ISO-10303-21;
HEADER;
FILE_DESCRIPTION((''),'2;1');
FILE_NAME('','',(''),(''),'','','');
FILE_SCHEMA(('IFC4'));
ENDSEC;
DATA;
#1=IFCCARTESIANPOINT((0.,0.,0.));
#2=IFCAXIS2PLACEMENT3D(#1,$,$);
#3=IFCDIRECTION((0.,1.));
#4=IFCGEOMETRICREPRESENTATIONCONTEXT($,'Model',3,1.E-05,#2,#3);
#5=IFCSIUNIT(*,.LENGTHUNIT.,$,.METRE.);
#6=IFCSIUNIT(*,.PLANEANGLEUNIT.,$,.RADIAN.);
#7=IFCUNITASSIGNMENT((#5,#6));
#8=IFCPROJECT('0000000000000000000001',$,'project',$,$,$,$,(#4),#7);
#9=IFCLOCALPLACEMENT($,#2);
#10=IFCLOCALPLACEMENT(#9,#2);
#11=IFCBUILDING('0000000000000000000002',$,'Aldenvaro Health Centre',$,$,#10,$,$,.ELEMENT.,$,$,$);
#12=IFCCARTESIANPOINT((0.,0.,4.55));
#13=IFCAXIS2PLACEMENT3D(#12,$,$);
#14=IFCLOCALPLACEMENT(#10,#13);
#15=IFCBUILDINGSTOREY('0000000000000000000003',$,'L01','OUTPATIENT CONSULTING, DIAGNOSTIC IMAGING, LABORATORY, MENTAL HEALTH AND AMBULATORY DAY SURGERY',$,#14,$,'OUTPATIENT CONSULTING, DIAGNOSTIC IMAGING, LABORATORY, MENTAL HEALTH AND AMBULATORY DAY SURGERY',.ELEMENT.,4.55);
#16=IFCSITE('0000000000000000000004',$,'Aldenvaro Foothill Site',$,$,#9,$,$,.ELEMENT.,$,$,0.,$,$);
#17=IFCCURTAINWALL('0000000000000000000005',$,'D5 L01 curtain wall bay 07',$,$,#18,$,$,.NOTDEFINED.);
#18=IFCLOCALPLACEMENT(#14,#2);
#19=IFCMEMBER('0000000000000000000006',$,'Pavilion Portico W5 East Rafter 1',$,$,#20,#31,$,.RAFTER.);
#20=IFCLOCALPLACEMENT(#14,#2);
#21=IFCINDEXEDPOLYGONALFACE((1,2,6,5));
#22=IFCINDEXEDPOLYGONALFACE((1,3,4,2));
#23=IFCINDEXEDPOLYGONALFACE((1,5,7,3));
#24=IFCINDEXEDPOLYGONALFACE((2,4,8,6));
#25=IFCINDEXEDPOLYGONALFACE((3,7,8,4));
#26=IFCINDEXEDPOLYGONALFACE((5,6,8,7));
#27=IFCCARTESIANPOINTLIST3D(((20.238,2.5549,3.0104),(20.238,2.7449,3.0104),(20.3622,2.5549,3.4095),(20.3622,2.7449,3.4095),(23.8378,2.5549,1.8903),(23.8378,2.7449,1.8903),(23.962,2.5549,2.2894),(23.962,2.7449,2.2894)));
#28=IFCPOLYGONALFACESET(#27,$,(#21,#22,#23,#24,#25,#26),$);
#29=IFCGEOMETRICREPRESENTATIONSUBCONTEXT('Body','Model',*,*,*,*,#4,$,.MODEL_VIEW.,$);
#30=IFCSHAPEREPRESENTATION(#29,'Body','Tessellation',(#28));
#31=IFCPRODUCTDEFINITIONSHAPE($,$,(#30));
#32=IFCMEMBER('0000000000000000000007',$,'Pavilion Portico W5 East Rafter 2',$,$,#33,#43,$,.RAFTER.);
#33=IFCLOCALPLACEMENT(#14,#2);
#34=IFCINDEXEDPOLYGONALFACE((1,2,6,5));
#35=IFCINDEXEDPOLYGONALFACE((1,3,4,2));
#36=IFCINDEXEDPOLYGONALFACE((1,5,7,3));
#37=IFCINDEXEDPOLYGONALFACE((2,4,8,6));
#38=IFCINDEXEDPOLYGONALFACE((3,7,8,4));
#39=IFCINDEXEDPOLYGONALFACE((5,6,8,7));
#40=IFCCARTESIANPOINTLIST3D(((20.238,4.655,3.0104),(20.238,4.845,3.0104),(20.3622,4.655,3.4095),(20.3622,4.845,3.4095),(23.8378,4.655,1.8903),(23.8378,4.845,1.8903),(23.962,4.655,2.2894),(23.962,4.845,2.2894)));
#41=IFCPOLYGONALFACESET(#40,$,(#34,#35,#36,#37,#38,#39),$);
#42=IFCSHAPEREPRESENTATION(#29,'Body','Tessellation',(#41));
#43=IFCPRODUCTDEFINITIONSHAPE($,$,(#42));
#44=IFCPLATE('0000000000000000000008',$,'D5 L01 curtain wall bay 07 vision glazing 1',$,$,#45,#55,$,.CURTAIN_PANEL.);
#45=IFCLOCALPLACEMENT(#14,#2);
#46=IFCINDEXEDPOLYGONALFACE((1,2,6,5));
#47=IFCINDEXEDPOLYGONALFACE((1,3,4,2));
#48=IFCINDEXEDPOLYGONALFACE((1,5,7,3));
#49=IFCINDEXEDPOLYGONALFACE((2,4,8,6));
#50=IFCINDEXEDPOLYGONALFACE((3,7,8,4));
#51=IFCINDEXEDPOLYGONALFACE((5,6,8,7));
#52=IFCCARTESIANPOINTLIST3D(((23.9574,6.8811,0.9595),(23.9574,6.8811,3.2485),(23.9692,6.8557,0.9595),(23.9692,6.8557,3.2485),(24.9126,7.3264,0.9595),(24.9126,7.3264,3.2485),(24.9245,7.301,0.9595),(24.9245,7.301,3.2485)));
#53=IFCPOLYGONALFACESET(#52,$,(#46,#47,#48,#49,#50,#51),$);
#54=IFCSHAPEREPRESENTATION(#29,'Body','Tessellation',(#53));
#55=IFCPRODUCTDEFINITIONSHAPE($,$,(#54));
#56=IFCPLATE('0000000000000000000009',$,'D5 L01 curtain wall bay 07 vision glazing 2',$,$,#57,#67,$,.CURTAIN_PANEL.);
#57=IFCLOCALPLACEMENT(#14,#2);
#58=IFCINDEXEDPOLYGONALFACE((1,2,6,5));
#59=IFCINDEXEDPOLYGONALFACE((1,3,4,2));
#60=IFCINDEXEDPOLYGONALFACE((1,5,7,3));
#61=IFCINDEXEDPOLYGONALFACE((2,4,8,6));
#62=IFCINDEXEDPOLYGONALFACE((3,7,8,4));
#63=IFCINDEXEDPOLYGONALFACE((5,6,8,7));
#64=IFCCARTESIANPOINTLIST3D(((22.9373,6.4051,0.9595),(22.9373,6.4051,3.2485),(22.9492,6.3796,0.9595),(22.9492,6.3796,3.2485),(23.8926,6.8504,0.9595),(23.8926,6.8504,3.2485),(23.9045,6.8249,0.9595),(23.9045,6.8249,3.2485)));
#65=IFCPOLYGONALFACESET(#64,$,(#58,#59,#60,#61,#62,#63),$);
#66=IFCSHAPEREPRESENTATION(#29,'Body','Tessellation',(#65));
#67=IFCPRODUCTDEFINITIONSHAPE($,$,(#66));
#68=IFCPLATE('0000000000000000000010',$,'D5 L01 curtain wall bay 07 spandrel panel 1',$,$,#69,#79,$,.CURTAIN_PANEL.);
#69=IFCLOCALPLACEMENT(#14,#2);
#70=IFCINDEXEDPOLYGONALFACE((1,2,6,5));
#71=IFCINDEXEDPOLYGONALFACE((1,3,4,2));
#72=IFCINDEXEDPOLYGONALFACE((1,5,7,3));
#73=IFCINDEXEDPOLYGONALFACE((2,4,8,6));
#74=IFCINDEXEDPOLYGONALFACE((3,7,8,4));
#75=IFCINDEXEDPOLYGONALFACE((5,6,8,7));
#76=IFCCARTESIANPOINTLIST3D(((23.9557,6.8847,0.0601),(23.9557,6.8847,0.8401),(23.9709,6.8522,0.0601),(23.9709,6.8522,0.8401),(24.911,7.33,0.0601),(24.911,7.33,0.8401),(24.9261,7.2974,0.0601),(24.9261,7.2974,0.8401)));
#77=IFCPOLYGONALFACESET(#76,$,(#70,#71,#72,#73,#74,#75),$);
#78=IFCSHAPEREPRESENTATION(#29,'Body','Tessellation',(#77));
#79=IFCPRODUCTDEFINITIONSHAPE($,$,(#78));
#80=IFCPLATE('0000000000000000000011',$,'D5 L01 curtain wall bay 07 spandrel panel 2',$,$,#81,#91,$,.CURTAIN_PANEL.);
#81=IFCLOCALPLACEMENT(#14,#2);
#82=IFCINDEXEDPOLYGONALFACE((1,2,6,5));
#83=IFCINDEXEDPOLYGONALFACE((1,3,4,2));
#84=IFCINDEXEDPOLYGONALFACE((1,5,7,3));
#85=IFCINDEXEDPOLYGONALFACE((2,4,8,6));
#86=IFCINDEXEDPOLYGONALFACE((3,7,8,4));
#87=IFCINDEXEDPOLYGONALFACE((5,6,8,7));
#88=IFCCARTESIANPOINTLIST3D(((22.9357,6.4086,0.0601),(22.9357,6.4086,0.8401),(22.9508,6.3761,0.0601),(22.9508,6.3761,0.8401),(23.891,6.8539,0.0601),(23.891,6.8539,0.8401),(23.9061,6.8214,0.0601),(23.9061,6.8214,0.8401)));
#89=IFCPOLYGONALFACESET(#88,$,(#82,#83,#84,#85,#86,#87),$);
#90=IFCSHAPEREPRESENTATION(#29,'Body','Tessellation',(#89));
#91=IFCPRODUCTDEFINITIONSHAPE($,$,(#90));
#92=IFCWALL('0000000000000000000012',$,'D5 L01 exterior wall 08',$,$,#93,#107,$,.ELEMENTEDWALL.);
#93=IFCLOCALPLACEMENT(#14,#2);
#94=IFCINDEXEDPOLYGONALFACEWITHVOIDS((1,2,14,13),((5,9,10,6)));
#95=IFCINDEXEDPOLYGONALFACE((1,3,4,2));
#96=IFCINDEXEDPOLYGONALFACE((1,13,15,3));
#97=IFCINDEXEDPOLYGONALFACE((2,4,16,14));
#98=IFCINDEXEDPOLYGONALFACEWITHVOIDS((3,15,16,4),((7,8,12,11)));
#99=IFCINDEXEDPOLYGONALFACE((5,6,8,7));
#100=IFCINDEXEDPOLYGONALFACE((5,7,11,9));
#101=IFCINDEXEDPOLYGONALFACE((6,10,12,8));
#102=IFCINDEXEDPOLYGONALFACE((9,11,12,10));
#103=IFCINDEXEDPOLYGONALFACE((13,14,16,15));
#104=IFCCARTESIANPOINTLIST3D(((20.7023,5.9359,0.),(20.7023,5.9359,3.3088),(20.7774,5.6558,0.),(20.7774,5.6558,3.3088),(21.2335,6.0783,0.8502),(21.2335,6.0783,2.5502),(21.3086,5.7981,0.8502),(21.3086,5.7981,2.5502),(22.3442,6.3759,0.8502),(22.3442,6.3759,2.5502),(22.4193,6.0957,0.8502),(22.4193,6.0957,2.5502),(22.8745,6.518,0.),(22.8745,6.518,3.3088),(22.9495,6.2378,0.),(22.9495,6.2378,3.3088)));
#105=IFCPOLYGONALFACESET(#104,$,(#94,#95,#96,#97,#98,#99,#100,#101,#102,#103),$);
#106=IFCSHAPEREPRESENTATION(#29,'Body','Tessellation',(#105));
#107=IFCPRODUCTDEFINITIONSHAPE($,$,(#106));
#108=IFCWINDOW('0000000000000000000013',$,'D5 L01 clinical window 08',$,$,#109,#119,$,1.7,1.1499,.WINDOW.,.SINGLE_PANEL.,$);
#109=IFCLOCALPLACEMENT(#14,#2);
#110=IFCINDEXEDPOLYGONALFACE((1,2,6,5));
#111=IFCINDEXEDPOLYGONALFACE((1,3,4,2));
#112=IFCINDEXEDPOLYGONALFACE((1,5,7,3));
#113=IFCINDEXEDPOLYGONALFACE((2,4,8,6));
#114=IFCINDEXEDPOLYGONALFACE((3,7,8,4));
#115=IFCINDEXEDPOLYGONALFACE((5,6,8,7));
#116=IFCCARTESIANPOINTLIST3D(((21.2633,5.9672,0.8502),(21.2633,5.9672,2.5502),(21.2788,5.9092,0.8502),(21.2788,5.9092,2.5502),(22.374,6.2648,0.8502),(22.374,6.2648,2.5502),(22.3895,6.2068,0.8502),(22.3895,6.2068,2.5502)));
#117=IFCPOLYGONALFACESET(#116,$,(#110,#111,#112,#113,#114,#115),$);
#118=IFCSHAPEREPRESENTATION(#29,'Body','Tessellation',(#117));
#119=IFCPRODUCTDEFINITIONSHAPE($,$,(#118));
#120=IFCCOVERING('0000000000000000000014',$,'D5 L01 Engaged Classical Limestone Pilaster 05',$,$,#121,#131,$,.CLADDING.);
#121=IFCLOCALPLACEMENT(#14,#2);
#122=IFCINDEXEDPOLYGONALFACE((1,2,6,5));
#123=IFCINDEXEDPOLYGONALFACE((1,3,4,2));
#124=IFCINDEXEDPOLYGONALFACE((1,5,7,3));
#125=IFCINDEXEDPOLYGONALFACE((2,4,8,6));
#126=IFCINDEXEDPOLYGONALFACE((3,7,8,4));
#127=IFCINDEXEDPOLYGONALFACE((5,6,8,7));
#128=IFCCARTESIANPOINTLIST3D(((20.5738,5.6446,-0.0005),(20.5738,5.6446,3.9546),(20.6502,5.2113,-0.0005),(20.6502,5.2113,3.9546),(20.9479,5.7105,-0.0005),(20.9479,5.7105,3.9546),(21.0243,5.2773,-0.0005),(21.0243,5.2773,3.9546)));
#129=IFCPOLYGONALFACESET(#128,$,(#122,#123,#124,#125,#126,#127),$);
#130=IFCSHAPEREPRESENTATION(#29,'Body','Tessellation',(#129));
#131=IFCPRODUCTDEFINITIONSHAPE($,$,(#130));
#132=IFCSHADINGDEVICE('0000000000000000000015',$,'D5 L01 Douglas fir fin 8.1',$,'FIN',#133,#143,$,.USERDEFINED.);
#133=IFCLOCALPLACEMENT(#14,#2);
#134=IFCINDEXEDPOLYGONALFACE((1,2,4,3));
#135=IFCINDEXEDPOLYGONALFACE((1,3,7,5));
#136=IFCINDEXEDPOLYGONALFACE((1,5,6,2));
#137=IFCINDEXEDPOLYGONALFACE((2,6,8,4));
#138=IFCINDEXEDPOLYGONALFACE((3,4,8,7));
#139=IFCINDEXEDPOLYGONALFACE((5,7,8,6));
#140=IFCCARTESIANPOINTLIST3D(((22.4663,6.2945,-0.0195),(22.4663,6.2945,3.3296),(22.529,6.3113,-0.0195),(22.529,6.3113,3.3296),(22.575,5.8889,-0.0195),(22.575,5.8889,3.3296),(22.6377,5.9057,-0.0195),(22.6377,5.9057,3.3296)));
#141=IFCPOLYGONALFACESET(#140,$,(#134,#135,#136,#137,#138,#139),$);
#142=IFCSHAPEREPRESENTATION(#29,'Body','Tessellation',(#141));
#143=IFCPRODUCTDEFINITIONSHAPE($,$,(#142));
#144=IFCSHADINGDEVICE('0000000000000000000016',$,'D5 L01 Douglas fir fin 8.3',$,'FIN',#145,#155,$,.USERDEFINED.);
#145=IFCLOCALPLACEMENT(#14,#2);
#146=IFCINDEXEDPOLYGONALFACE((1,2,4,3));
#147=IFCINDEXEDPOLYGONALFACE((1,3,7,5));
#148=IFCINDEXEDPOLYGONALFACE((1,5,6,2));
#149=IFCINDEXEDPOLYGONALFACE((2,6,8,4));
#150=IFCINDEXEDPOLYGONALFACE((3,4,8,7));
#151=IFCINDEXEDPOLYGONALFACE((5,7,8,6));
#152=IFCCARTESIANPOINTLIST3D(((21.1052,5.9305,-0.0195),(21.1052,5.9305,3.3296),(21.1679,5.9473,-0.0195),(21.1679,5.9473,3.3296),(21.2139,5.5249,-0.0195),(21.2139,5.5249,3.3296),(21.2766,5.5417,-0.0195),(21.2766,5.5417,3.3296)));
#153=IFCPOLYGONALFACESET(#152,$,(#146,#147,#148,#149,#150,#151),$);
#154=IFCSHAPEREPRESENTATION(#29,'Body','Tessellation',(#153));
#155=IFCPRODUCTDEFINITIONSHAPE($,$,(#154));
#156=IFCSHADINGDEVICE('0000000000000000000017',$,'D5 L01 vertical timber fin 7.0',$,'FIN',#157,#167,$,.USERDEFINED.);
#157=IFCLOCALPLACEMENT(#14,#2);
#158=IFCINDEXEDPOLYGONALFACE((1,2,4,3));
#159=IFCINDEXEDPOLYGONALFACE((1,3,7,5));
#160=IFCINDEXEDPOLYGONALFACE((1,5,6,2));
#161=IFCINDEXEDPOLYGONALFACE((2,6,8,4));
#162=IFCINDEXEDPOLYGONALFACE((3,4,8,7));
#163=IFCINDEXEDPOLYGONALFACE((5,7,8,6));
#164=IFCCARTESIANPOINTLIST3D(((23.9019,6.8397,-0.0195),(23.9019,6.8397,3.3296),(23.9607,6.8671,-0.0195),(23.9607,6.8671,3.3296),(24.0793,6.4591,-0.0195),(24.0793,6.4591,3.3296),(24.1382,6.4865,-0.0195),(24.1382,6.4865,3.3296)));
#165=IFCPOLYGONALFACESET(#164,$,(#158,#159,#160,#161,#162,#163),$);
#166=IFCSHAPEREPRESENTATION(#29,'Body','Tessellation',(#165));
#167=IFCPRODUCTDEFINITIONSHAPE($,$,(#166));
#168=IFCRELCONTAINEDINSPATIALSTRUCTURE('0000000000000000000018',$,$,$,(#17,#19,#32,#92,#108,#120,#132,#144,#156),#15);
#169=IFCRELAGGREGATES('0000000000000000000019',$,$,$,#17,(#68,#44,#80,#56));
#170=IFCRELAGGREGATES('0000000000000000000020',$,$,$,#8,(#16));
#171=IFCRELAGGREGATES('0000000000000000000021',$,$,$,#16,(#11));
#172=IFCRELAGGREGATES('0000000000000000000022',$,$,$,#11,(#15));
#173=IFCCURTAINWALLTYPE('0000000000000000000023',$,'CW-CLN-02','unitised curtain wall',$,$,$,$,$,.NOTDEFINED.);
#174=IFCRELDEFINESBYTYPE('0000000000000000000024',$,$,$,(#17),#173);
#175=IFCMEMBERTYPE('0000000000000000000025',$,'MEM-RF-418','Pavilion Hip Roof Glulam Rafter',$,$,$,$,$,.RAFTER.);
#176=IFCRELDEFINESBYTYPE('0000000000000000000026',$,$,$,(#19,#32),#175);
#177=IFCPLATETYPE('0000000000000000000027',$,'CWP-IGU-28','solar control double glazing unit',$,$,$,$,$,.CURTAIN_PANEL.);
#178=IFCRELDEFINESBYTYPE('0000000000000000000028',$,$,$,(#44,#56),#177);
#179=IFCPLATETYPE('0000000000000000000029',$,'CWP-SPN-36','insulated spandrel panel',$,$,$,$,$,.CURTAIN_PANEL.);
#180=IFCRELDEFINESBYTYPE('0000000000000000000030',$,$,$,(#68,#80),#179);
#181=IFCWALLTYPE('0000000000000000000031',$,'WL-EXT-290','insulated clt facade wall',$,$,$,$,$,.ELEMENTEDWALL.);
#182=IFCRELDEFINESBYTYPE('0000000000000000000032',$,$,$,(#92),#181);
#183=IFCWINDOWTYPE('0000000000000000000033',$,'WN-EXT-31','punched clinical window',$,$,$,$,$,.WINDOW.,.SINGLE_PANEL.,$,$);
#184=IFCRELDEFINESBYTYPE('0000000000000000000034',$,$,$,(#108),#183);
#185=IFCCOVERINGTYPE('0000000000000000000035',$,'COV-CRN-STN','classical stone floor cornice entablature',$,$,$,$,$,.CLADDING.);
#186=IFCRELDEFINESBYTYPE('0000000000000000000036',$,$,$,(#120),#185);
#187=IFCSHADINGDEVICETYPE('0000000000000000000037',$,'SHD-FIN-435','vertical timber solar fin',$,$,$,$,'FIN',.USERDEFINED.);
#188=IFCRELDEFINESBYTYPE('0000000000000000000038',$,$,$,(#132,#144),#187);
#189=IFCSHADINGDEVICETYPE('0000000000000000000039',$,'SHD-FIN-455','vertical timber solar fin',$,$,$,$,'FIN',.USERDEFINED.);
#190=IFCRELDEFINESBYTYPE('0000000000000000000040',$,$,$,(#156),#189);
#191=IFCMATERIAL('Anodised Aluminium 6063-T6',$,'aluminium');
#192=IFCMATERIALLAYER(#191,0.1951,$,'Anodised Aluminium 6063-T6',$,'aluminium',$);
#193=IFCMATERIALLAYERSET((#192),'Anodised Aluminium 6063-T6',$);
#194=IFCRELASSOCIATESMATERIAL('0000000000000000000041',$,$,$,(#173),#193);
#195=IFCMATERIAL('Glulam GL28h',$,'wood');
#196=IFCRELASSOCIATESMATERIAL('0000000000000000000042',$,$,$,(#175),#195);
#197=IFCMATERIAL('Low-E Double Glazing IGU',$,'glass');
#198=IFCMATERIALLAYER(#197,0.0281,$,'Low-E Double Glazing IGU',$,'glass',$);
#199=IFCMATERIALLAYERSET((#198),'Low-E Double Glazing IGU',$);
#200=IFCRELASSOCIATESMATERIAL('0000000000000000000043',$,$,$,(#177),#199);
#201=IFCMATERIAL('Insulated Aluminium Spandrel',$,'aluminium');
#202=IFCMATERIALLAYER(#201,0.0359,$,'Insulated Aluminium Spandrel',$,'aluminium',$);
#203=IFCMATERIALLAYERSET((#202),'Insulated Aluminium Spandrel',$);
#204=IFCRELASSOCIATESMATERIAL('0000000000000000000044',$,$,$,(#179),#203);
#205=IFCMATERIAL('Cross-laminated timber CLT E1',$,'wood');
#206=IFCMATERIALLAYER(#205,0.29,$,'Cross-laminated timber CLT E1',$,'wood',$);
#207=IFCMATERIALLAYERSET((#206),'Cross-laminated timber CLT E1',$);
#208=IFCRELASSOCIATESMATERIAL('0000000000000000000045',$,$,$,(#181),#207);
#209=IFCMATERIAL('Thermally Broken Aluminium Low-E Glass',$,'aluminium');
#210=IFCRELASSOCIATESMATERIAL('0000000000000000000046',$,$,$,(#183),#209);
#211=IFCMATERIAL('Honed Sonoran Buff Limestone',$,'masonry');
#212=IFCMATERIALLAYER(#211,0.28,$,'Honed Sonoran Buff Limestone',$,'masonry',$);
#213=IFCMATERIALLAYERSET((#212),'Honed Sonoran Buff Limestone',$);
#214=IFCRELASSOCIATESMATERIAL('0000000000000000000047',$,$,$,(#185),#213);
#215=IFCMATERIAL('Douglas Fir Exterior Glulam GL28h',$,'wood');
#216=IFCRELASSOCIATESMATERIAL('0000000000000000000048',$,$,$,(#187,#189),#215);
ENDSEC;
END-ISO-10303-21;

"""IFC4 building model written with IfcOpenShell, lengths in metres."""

from ifc_helpers import new_model, si_unit, direction, frame, frame_2d, origin, origin_2d, place, context, subcontext, project, spatial, rectangle, extrude, material, layer, layer_set, material_profile, profile_set, type_object, element, fill, aggregate, save


model = new_model("IFC4")

# Units and contexts
model_context = context("Model", 3, precision=1e-05, world=origin(), true_north=direction((0.0, 1.0)))
body_context = subcontext(model_context, "Body", "Model", "MODEL_VIEW")
ifc_project = project(units=[si_unit("LENGTHUNIT", "METRE"), si_unit("PLANEANGLEUNIT", "RADIAN")], contexts=[model_context])

# Site, building, storey
site_placement = place(None, origin())
site = spatial("IfcSite", under=ifc_project, at=site_placement, Name="Aldenvaro Foothill Site", CompositionType="ELEMENT", RefElevation=0.0)
building_placement = place(site_placement, origin())
building = spatial("IfcBuilding", under=site, at=building_placement, Name="Aldenvaro Health Centre", CompositionType="ELEMENT")
storey_placement = place(building_placement, frame((0.0, 0.0, 4.55)))
storey = spatial("IfcBuildingStorey", under=building, at=storey_placement, Name="L01", Description="OUTPATIENT CONSULTING, DIAGNOSTIC IMAGING, LABORATORY, MENTAL HEALTH AND AMBULATORY DAY SURGERY", LongName="OUTPATIENT CONSULTING, DIAGNOSTIC IMAGING, LABORATORY, MENTAL HEALTH AND AMBULATORY DAY SURGERY", CompositionType="ELEMENT", Elevation=4.55)

# Shared definitions
ifc_material_1 = material(Name="Glulam GL28h", Category="wood")

# Curtain wall
ifc_material_2 = material(Name="Anodised Aluminium 6063-T6", Category="aluminium")
ifc_layer_1 = layer(ifc_material_2, 0.1951, Name="Anodised Aluminium 6063-T6", Category="aluminium")
ifc_layer_set_1 = layer_set([ifc_layer_1], Name="Anodised Aluminium 6063-T6")
curtain_wall_type = type_object("IfcCurtainWallType", Name="CW-CLN-02", Description="unitised curtain wall", PredefinedType="NOTDEFINED", material=ifc_layer_set_1)
curtain_wall_placement = place(storey_placement, origin())
curtain_wall = element("IfcCurtainWall", 1, at=curtain_wall_placement, inside=storey, type_object=curtain_wall_type, Name="D5 L01 curtain wall bay 07", PredefinedType="NOTDEFINED")

# Members
ifc_material_profile_1 = material_profile(ifc_material_1, rectangle(XDim=0.1899, YDim=0.418, at=origin_2d()), Name="GL 190x418", Category="wood")
ifc_profile_set_1 = profile_set([ifc_material_profile_1], Name="Glulam GL28h")
member_type_1 = type_object("IfcMemberType", Name="MEM-RF-418", Description="Pavilion Hip Roof Glulam Rafter", PredefinedType="RAFTER", material=ifc_profile_set_1)
for number, where, z_axis, x_axis, name in (
    (2, (23.8999, 2.6499, 2.0898), (-0.954845, 0.0, 0.297106), (0.0, -1.0, 0.0), "Pavilion Portico W5 East Rafter 1"),
    (3, (23.8999, 4.75, 2.0898), (-0.954845, 0.0, 0.297106), (0.0, -1.0, 0.0), "Pavilion Portico W5 East Rafter 2"),
):
    element("IfcMember", number, at=place(storey_placement, frame(where, z_axis=z_axis, x_axis=x_axis)), inside=storey, type_object=member_type_1, Name=name, PredefinedType="RAFTER", context=body_context, shape_type="SweptSolid", body=[
        extrude(rectangle(XDim=0.1899, YDim=0.418, at=origin_2d()), origin(), (0.0, 0.0, 1.0), 3.77),
    ])

# Plates
ifc_material_3 = material(Name="Low-E Double Glazing IGU", Category="glass")
ifc_layer_2 = layer(ifc_material_3, 0.0281, Name="Low-E Double Glazing IGU", Category="glass")
ifc_layer_set_2 = layer_set([ifc_layer_2], Name="Low-E Double Glazing IGU")
plate_type_1 = type_object("IfcPlateType", Name="CWP-IGU-28", Description="solar control double glazing unit", PredefinedType="CURTAIN_PANEL", material=ifc_layer_set_2)
plate_1_placement = place(storey_placement, frame((24.4409, 7.0911, 0.9595), z_axis=(0.0, 0.0, 1.0), x_axis=(-0.906365, -0.422496, 0.0)))
plate_1 = element("IfcPlate", 4, at=plate_1_placement, type_object=plate_type_1, Name="D5 L01 curtain wall bay 07 vision glazing 1", PredefinedType="CURTAIN_PANEL", context=body_context, shape_type="SweptSolid", body=[
    extrude(rectangle(XDim=1.054, YDim=0.0281, at=origin_2d()), origin(), (0.0, 0.0, 1.0), 2.2891),
])
plate_2_placement = place(storey_placement, frame((23.4209, 6.615, 0.9595), z_axis=(0.0, 0.0, 1.0), x_axis=(-0.906365, -0.422496, 0.0)))
plate_2 = element("IfcPlate", 5, at=plate_2_placement, type_object=plate_type_1, Name="D5 L01 curtain wall bay 07 vision glazing 2", PredefinedType="CURTAIN_PANEL", context=body_context, shape_type="SweptSolid", body=[
    extrude(rectangle(XDim=1.054, YDim=0.0281, at=origin_2d()), origin(), (0.0, 0.0, 1.0), 2.2891),
])
ifc_material_4 = material(Name="Insulated Aluminium Spandrel", Category="aluminium")
ifc_layer_3 = layer(ifc_material_4, 0.0359, Name="Insulated Aluminium Spandrel", Category="aluminium")
ifc_layer_set_3 = layer_set([ifc_layer_3], Name="Insulated Aluminium Spandrel")
plate_type_2 = type_object("IfcPlateType", Name="CWP-SPN-36", Description="insulated spandrel panel", PredefinedType="CURTAIN_PANEL", material=ifc_layer_set_3)
plate_3_placement = place(storey_placement, frame((24.4409, 7.0911, 0.0601), z_axis=(0.0, 0.0, 1.0), x_axis=(-0.906365, -0.422496, 0.0)))
plate_3 = element("IfcPlate", 6, at=plate_3_placement, type_object=plate_type_2, Name="D5 L01 curtain wall bay 07 spandrel panel 1", PredefinedType="CURTAIN_PANEL", context=body_context, shape_type="SweptSolid", body=[
    extrude(rectangle(XDim=1.054, YDim=0.0359, at=origin_2d()), origin(), (0.0, 0.0, 1.0), 0.78),
])
plate_4_placement = place(storey_placement, frame((23.4209, 6.615, 0.0601), z_axis=(0.0, 0.0, 1.0), x_axis=(-0.906365, -0.422496, 0.0)))
plate_4 = element("IfcPlate", 7, at=plate_4_placement, type_object=plate_type_2, Name="D5 L01 curtain wall bay 07 spandrel panel 2", PredefinedType="CURTAIN_PANEL", context=body_context, shape_type="SweptSolid", body=[
    extrude(rectangle(XDim=1.054, YDim=0.0359, at=origin_2d()), origin(), (0.0, 0.0, 1.0), 0.78),
])
aggregate(curtain_wall, [plate_3, plate_1, plate_4, plate_2])

# Wall, opening, window
ifc_material_5 = material(Name="Cross-laminated timber CLT E1", Category="wood")
ifc_layer_4 = layer(ifc_material_5, 0.29, Name="Cross-laminated timber CLT E1", Category="wood")
ifc_layer_set_4 = layer_set([ifc_layer_4], Name="Cross-laminated timber CLT E1")
wall_type = type_object("IfcWallType", Name="WL-EXT-290", Description="insulated clt facade wall", PredefinedType="ELEMENTEDWALL", material=ifc_layer_set_4)
wall_placement = place(storey_placement, frame((22.9121, 6.3779, 0.0), z_axis=(0.0, 0.0, 1.0), x_axis=(-0.965924, -0.258825, 0.0)))
wall = element("IfcWall", 8, at=wall_placement, inside=storey, type_object=wall_type, Name="D5 L01 exterior wall 08", PredefinedType="ELEMENTEDWALL", context=body_context, shape_type="SweptSolid", body=[
    extrude(rectangle(XDim=2.2488, YDim=0.29, at=frame_2d((1.1245, 0.0))), origin(), (0.0, 0.0, 1.0), 3.3088),
])
opening_placement = place(wall_placement, frame((0.5491, 0.0, 0.8501)))
opening = element("IfcOpeningElement", 9, at=opening_placement, cuts=wall, PredefinedType="OPENING", context=body_context, shape_type="SweptSolid", body=[
    extrude(rectangle(XDim=1.1499, YDim=1.7, at=frame_2d((0.575, 0.8501))), frame((0.0, 0.155, 0.0), z_axis=(0.0, -1.0, 0.0), x_axis=(1.0, 0.0, 0.0)), (0.0, 0.0, 1.0), 0.3101),
])
ifc_material_6 = material(Name="Thermally Broken Aluminium Low-E Glass", Category="aluminium")
window_type = type_object("IfcWindowType", Name="WN-EXT-31", Description="punched clinical window", PartitioningType="SINGLE_PANEL", PredefinedType="WINDOW", material=ifc_material_6)
window_placement = place(opening_placement, origin())
window = element("IfcWindow", 10, at=window_placement, inside=storey, type_object=window_type, Name="D5 L01 clinical window 08", OverallHeight=1.7, OverallWidth=1.1499, PartitioningType="SINGLE_PANEL", PredefinedType="WINDOW", context=body_context, shape_type="SweptSolid", body=[
    extrude(rectangle(XDim=1.1499, YDim=1.7, at=frame_2d((0.575, 0.8501))), frame((0.0, 0.03, 0.0), z_axis=(0.0, -1.0, 0.0), x_axis=(1.0, 0.0, 0.0)), (0.0, 0.0, 1.0), 0.0601),
])
fill(opening, window)

# Covering
ifc_material_7 = material(Name="Honed Sonoran Buff Limestone", Category="masonry")
ifc_layer_5 = layer(ifc_material_7, 0.28, Name="Honed Sonoran Buff Limestone", Category="masonry")
ifc_layer_set_5 = layer_set([ifc_layer_5], Name="Honed Sonoran Buff Limestone")
covering_type = type_object("IfcCoveringType", Name="COV-CRN-STN", Description="classical stone floor cornice entablature", PredefinedType="CLADDING", material=ifc_layer_set_5)
covering_placement = place(storey_placement, frame((20.7991, 5.4609, -0.0005), z_axis=(0.0, 0.0, 1.0), x_axis=(0.173644, -0.984809, 0.0)))
element("IfcCovering", 11, at=covering_placement, inside=storey, type_object=covering_type, Name="D5 L01 Engaged Classical Limestone Pilaster 05", PredefinedType="CLADDING", context=body_context, shape_type="SweptSolid", body=[
    extrude(rectangle(XDim=0.4399, YDim=0.3799, at=origin_2d()), origin(), (0.0, 0.0, 1.0), 3.9551),
])

# Shading devices
ifc_material_8 = material(Name="Douglas Fir Exterior Glulam GL28h", Category="wood")
shading_device_type_1 = type_object("IfcShadingDeviceType", Name="SHD-FIN-435", Description="vertical timber solar fin", ElementType="FIN", PredefinedType="USERDEFINED", material=ifc_material_8)
for number, where, z_axis, x_axis, name in (
    (12, (22.552, 6.1001, -0.0195), (0.0, 0.0, 1.0), (-0.965924, -0.258825, 0.0), "D5 L01 Douglas fir fin 8.1"),
    (13, (21.1909, 5.7361, -0.0195), (0.0, 0.0, 1.0), (-0.965924, -0.258825, 0.0), "D5 L01 Douglas fir fin 8.3"),
):
    element("IfcShadingDevice", number, at=place(storey_placement, frame(where, z_axis=z_axis, x_axis=x_axis)), inside=storey, type_object=shading_device_type_1, Name=name, ObjectType="FIN", PredefinedType="USERDEFINED", context=body_context, shape_type="SweptSolid", body=[
        extrude(rectangle(XDim=0.0649, YDim=0.4199, at=origin_2d()), origin(), (0.0, 0.0, 1.0), 3.3491),
    ])
shading_device_type_2 = type_object("IfcShadingDeviceType", Name="SHD-FIN-455", Description="vertical timber solar fin", ElementType="FIN", PredefinedType="USERDEFINED", material=ifc_material_8)
shading_device_placement = place(storey_placement, frame((24.02, 6.6631, -0.0195), z_axis=(0.0, 0.0, 1.0), x_axis=(-0.906365, -0.422496, 0.0)))
element("IfcShadingDevice", 14, at=shading_device_placement, inside=storey, type_object=shading_device_type_2, Name="D5 L01 vertical timber fin 7.0", ObjectType="FIN", PredefinedType="USERDEFINED", context=body_context, shape_type="SweptSolid", body=[
    extrude(rectangle(XDim=0.0649, YDim=0.4199, at=origin_2d()), origin(), (0.0, 0.0, 1.0), 3.3491),
])

save(model, "model.ifc")
